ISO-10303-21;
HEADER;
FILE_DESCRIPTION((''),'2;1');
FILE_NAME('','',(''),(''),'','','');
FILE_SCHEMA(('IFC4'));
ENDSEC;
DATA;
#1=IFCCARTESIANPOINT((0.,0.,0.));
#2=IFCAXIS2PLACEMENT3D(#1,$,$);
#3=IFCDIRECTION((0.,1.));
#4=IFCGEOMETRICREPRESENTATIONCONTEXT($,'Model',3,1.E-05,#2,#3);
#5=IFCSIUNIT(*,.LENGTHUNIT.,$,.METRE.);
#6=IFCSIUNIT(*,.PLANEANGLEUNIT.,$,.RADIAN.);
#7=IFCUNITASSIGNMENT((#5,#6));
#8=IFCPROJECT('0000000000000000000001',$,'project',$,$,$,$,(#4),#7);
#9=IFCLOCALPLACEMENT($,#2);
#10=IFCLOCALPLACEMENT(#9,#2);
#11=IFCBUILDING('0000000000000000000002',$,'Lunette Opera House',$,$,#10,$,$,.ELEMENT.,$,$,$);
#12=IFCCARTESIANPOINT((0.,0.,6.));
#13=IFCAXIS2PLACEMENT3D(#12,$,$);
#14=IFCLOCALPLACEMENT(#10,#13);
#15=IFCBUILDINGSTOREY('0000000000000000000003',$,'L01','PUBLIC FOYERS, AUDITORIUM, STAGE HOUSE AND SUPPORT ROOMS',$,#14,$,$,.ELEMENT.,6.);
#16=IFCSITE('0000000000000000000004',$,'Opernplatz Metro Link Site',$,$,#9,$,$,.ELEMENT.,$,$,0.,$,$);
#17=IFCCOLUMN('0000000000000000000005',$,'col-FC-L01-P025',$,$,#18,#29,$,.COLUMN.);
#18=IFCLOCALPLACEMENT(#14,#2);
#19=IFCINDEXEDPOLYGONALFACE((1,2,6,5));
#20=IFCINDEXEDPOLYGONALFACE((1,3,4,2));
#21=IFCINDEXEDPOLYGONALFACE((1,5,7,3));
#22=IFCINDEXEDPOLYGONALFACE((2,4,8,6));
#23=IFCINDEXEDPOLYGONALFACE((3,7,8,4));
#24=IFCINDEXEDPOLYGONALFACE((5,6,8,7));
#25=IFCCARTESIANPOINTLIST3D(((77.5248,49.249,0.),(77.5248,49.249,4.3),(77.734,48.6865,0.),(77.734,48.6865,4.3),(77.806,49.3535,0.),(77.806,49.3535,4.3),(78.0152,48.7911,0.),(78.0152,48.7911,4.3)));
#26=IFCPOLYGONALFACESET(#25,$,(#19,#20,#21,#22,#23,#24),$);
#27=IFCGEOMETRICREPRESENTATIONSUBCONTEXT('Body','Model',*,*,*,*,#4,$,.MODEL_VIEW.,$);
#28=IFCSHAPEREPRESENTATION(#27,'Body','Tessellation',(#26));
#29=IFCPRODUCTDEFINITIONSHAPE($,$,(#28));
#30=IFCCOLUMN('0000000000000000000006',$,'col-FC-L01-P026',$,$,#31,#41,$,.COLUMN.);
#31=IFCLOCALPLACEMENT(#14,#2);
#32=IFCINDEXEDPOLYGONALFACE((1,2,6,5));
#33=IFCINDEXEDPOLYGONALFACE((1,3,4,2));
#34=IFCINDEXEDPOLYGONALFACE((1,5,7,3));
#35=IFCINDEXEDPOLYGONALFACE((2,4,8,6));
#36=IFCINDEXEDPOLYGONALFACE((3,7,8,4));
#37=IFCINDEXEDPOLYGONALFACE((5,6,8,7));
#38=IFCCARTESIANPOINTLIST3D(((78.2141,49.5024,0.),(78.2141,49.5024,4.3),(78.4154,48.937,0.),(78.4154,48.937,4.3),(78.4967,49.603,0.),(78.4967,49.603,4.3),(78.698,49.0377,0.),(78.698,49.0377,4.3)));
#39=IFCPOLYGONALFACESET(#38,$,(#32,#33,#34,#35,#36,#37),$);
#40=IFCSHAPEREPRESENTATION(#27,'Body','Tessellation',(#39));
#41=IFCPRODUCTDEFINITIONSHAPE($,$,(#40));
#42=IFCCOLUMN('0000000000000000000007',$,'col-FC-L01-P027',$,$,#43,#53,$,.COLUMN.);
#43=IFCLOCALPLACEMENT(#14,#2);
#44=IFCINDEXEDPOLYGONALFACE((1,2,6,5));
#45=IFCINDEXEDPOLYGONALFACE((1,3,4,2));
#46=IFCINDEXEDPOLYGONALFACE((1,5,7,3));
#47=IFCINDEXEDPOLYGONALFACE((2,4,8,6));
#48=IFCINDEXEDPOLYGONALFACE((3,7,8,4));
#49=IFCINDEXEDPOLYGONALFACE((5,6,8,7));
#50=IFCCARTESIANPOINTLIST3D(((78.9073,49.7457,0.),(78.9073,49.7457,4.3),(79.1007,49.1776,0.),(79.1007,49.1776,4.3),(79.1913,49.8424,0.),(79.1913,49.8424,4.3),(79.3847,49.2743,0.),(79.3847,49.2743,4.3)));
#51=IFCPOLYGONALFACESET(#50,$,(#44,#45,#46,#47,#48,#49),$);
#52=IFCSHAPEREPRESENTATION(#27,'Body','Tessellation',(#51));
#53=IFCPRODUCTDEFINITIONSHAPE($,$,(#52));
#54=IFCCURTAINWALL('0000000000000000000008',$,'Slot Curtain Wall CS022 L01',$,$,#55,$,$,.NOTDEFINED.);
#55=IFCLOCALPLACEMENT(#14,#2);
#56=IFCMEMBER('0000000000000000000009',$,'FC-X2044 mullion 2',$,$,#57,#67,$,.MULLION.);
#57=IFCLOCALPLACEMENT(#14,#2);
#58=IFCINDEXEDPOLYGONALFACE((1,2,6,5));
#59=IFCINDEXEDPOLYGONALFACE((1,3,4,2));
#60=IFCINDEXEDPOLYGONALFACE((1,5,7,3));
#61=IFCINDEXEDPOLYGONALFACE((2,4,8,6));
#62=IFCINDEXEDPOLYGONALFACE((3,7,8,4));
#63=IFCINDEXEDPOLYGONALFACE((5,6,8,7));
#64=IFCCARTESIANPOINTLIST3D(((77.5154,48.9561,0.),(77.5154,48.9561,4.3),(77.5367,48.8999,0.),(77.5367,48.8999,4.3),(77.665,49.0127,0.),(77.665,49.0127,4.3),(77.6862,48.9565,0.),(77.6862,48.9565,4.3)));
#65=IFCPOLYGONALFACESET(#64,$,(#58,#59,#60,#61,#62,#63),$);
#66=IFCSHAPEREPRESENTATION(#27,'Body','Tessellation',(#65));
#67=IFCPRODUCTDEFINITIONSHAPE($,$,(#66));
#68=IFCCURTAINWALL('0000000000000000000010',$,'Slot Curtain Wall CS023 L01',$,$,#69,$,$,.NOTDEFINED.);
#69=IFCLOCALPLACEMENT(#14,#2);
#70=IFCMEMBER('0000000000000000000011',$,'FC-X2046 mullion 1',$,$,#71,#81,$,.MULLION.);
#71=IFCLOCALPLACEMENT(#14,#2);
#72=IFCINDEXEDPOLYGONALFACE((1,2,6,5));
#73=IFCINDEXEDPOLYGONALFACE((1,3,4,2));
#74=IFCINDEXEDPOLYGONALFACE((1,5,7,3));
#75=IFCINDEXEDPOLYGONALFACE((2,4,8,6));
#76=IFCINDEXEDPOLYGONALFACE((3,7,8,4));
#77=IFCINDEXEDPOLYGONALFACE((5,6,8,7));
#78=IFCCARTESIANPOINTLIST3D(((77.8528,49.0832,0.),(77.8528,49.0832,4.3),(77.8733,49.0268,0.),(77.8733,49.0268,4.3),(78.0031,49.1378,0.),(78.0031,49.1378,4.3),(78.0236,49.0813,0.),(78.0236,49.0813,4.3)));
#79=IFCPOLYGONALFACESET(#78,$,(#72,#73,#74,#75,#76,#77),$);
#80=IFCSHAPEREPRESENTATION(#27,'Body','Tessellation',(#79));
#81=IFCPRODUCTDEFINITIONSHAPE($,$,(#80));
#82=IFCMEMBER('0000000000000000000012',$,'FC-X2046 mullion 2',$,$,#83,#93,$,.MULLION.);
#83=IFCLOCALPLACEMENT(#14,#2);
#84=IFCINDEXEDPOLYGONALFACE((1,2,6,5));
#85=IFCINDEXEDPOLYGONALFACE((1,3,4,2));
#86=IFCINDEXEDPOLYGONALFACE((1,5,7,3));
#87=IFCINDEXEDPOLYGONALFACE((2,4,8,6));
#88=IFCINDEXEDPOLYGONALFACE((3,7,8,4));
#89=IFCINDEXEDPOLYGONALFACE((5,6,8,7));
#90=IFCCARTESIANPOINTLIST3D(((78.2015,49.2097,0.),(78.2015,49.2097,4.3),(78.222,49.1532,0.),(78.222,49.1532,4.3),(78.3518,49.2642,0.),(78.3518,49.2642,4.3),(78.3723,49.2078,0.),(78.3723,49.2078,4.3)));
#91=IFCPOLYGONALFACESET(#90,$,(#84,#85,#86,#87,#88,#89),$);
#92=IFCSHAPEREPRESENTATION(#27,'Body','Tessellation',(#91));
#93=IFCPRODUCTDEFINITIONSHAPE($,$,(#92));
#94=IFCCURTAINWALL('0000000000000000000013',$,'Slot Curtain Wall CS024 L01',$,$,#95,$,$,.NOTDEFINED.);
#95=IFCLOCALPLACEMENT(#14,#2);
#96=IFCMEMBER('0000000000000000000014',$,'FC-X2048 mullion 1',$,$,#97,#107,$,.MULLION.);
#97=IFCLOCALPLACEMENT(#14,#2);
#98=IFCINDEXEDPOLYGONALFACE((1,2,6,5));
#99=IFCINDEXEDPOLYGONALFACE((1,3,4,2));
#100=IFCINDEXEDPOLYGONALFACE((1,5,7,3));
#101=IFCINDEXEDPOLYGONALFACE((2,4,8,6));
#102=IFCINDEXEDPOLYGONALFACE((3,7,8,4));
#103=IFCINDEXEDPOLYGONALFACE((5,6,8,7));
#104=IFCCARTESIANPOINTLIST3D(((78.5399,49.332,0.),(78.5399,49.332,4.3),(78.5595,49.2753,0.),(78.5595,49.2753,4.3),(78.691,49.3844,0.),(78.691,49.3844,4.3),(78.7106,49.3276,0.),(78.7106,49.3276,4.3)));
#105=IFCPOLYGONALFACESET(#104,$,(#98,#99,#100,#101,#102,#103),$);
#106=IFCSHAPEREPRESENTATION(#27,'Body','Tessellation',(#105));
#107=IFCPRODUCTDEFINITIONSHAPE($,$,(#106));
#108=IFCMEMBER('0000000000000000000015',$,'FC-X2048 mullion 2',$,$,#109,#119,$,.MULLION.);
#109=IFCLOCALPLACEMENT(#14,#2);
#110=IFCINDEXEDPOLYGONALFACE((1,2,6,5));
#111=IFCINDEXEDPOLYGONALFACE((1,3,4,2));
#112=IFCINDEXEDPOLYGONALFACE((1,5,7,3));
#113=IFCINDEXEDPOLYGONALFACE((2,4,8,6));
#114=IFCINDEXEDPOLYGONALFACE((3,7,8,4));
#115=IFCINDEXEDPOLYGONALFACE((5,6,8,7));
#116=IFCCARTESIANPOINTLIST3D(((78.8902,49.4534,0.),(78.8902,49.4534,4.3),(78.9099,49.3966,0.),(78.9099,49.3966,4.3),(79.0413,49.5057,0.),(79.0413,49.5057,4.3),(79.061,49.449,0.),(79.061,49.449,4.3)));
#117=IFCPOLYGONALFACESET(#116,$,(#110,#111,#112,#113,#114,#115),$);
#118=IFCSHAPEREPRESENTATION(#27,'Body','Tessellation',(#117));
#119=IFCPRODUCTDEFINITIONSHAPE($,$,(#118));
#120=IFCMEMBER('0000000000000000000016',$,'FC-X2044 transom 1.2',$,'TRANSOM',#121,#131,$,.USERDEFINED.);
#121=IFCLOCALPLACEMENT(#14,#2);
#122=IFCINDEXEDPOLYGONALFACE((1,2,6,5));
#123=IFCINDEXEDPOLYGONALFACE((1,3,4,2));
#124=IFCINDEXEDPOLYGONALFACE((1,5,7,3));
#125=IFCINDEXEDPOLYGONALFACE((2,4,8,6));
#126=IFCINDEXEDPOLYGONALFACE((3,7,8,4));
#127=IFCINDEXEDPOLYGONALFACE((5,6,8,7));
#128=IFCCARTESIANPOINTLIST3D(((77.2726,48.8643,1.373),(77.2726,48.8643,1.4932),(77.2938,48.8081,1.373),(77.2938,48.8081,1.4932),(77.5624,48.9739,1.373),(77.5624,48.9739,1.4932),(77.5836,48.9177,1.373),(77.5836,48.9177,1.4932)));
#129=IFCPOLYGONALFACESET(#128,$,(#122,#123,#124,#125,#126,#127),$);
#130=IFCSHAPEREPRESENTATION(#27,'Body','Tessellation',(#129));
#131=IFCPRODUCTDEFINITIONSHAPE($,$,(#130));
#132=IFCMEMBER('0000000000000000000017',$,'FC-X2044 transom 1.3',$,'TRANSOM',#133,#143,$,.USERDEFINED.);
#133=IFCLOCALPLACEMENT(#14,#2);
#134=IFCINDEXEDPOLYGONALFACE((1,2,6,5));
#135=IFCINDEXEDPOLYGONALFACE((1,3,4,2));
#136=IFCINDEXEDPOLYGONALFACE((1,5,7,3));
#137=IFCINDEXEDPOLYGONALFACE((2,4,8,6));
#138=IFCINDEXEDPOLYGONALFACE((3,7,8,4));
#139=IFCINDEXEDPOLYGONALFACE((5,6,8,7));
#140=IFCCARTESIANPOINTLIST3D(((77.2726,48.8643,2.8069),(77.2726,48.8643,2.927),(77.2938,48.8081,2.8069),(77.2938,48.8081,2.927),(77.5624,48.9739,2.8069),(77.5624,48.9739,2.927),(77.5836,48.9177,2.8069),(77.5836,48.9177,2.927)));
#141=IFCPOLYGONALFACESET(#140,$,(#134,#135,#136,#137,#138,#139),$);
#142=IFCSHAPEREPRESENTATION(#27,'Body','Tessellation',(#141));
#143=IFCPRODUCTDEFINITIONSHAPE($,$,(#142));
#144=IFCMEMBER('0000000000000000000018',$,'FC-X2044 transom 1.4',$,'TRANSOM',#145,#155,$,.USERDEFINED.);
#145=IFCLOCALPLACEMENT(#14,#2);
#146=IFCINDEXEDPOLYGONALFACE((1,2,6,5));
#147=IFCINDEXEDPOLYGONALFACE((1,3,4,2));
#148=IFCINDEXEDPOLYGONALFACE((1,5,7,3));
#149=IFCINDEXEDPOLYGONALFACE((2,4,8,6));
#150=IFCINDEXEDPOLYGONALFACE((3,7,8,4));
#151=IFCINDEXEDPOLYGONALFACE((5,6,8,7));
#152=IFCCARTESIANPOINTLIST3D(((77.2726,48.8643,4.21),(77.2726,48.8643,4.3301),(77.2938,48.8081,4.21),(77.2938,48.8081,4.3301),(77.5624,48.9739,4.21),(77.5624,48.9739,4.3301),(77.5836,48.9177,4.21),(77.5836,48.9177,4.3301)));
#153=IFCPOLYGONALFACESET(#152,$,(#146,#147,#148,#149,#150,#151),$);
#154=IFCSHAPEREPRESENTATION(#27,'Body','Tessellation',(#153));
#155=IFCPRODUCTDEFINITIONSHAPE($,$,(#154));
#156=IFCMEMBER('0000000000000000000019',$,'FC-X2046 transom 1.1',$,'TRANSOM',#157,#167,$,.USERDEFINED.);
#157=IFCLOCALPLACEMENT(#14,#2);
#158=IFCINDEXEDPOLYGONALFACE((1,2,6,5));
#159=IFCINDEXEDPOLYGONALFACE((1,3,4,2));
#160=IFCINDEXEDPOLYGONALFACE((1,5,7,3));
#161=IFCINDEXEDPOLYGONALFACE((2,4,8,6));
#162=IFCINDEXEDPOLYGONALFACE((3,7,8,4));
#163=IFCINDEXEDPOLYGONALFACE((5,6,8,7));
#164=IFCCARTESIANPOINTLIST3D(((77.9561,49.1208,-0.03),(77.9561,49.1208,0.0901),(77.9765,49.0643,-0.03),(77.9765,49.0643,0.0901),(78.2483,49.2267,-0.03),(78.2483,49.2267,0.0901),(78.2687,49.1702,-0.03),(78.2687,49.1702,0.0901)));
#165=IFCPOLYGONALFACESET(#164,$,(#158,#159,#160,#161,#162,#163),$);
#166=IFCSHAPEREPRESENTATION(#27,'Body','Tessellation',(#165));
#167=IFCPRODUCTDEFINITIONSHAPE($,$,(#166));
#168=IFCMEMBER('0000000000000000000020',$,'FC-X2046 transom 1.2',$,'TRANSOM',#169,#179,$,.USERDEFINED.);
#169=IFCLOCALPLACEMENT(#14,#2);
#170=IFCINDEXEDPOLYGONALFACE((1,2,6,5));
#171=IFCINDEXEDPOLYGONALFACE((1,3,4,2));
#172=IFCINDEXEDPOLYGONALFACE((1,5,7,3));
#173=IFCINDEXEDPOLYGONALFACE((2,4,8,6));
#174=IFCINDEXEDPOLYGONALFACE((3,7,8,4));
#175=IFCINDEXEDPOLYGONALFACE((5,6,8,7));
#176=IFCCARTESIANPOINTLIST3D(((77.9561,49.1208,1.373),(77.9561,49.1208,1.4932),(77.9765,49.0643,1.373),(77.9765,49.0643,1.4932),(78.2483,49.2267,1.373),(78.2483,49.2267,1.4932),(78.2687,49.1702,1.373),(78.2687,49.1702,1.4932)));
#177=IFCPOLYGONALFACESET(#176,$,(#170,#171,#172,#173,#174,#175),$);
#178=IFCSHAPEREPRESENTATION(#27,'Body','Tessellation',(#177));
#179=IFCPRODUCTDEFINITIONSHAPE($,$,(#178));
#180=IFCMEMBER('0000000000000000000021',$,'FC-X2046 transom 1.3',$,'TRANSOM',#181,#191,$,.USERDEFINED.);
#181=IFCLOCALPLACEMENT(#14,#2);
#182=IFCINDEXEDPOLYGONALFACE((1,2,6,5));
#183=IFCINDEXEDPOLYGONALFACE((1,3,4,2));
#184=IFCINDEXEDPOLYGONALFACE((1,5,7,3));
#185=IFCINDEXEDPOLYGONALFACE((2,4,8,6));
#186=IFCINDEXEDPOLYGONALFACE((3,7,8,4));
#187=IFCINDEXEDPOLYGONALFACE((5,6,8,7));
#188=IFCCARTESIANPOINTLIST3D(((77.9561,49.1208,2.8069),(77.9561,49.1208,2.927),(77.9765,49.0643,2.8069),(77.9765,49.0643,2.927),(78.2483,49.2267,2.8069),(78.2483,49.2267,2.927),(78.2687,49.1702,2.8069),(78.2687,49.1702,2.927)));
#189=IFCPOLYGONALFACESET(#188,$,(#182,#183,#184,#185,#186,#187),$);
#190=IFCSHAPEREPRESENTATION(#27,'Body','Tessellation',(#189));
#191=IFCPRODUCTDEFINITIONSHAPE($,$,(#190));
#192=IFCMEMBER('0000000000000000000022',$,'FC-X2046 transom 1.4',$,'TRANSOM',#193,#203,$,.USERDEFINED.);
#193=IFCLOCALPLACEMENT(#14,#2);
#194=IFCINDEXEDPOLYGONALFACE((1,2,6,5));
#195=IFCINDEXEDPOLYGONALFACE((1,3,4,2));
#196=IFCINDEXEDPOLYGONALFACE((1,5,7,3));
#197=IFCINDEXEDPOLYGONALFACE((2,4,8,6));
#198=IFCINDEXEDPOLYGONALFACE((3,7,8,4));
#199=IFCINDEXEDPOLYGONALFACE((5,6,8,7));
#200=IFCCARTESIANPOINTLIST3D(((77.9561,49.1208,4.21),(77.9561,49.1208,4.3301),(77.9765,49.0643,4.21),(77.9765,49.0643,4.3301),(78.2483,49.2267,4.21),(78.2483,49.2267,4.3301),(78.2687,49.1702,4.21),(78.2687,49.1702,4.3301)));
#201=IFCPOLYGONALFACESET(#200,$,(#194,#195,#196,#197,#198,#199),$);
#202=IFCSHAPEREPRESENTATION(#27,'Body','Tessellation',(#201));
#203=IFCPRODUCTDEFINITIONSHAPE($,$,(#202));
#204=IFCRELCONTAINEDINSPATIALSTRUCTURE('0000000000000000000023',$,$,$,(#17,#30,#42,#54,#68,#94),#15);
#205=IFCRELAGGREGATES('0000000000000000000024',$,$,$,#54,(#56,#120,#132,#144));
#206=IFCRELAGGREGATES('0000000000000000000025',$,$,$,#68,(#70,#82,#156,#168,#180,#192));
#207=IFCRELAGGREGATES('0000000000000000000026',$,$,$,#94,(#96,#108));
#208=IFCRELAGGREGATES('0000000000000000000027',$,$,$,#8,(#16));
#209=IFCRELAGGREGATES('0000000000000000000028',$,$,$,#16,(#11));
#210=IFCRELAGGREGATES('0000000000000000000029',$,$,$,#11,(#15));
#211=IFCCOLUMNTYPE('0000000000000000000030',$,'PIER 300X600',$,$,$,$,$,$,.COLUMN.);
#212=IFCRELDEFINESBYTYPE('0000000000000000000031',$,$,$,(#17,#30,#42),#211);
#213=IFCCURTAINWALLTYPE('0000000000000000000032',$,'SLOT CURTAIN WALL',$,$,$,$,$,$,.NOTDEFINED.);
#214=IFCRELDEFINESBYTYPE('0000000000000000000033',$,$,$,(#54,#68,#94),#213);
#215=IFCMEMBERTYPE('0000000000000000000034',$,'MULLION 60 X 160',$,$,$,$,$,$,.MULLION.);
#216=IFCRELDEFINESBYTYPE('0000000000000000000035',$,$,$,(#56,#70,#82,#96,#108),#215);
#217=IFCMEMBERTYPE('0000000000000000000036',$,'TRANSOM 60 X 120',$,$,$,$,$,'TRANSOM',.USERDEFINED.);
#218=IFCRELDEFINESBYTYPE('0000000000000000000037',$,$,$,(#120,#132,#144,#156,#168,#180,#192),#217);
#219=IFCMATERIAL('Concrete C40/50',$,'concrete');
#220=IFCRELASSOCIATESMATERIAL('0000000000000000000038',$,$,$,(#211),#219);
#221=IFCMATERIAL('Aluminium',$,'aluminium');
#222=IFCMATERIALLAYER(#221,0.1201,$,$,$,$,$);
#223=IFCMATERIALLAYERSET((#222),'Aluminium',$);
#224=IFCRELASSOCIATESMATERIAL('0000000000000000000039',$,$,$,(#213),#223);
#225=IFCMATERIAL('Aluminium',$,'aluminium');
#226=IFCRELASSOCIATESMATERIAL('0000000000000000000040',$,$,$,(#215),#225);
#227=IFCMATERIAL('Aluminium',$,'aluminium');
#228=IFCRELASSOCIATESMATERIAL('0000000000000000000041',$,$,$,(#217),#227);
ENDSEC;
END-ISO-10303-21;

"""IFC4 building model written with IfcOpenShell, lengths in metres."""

from ifc_helpers import new_model, si_unit, direction, frame, origin, origin_2d, place, context, subcontext, project, spatial, rectangle, extrude, material, layer, layer_set, material_profile, profile_set, type_object, element, aggregate, save


model = new_model("IFC4")

# Units and contexts
model_context = context("Model", 3, precision=1e-05, world=origin(), true_north=direction((0.0, 1.0)))
body_context = subcontext(model_context, "Body", "Model", "MODEL_VIEW")
ifc_project = project(units=[si_unit("LENGTHUNIT", "METRE"), si_unit("PLANEANGLEUNIT", "RADIAN")], contexts=[model_context])

# Site, building, storey
site_placement = place(None, origin())
site = spatial("IfcSite", under=ifc_project, at=site_placement, Name="Opernplatz Metro Link Site", CompositionType="ELEMENT", RefElevation=0.0)
building_placement = place(site_placement, origin())
building = spatial("IfcBuilding", under=site, at=building_placement, Name="Lunette Opera House", CompositionType="ELEMENT")
storey_placement = place(building_placement, frame((0.0, 0.0, 6.0)))
storey = spatial("IfcBuildingStorey", under=building, at=storey_placement, Name="L01", Description="PUBLIC FOYERS, AUDITORIUM, STAGE HOUSE AND SUPPORT ROOMS", CompositionType="ELEMENT", Elevation=6.0)

# Columns
ifc_material_1 = material(Name="Concrete C40/50", Category="concrete")
ifc_material_profile_1 = material_profile(ifc_material_1, rectangle(XDim=0.3, YDim=0.6001, at=origin_2d()), Name="PIER 300X600")
ifc_profile_set_1 = profile_set([ifc_material_profile_1], Name="Concrete C40/50")
column_type = type_object("IfcColumnType", Name="PIER 300X600", PredefinedType="COLUMN", material=ifc_profile_set_1)
for number, where, z_axis, x_axis, name in (
    (1, (77.77, 49.02, 0.0), (0.0, 0.0, 1.0), (0.937282, 0.348572, 0.0), "col-FC-L01-P025"),
    (2, (78.4561, 49.27, 0.0), (0.0, 0.0, 1.0), (0.942057, 0.335452, 0.0), "col-FC-L01-P026"),
    (3, (79.146, 49.51, 0.0), (0.0, 0.0, 1.0), (0.946649, 0.322266, 0.0), "col-FC-L01-P027"),
):
    element("IfcColumn", number, at=place(storey_placement, frame(where, z_axis=z_axis, x_axis=x_axis)), inside=storey, type_object=column_type, Name=name, PredefinedType="COLUMN", context=body_context, shape_type="SweptSolid", body=[
        extrude(rectangle(XDim=0.3, YDim=0.6001, at=origin_2d()), origin(), (0.0, 0.0, 1.0), 4.3),
    ])

# Curtain wall, member
ifc_material_2 = material(Name="Aluminium", Category="aluminium")
ifc_layer_1 = layer(ifc_material_2, 0.1201)
ifc_layer_set_1 = layer_set([ifc_layer_1], Name="Aluminium")
curtain_wall_type = type_object("IfcCurtainWallType", Name="SLOT CURTAIN WALL", PredefinedType="NOTDEFINED", material=ifc_layer_set_1)
curtain_wall_1_placement = place(storey_placement, origin())
curtain_wall_1 = element("IfcCurtainWall", 4, at=curtain_wall_1_placement, inside=storey, type_object=curtain_wall_type, Name="Slot Curtain Wall CS022 L01", PredefinedType="NOTDEFINED")
ifc_material_3 = material(Name="Aluminium", Category="aluminium")
ifc_material_profile_2 = material_profile(ifc_material_3, rectangle(XDim=0.0601, YDim=0.1599, at=origin_2d()), Name="MULLION 60 X 160")
ifc_profile_set_2 = profile_set([ifc_material_profile_2], Name="Aluminium")
member_type_1 = type_object("IfcMemberType", Name="MULLION 60 X 160", PredefinedType="MULLION", material=ifc_profile_set_2)
member_1_placement = place(storey_placement, frame((77.6008, 48.9563, 0.0), z_axis=(0.0, 0.0, 1.0), x_axis=(-0.353672, 0.935369, 0.0)))
member_1 = element("IfcMember", 5, at=member_1_placement, type_object=member_type_1, Name="FC-X2044 mullion 2", PredefinedType="MULLION", context=body_context, shape_type="SweptSolid", body=[
    extrude(rectangle(XDim=0.0601, YDim=0.1599, at=origin_2d()), origin(), (0.0, 0.0, 1.0), 4.3),
])

# Curtain walls, members
curtain_wall_2_placement = place(storey_placement, origin())
curtain_wall_2 = element("IfcCurtainWall", 6, at=curtain_wall_2_placement, inside=storey, type_object=curtain_wall_type, Name="Slot Curtain Wall CS023 L01", PredefinedType="NOTDEFINED")
member_2_placement = place(storey_placement, frame((77.9382, 49.0823, 0.0), z_axis=(0.0, 0.0, 1.0), x_axis=(-0.341184, 0.939997, 0.0)))
member_2 = element("IfcMember", 7, at=member_2_placement, type_object=member_type_1, Name="FC-X2046 mullion 1", PredefinedType="MULLION", context=body_context, shape_type="SweptSolid", body=[
    extrude(rectangle(XDim=0.0601, YDim=0.1599, at=origin_2d()), origin(), (0.0, 0.0, 1.0), 4.3),
])
member_3_placement = place(storey_placement, frame((78.2869, 49.2087, 0.0), z_axis=(0.0, 0.0, 1.0), x_axis=(-0.341184, 0.939997, 0.0)))
member_3 = element("IfcMember", 8, at=member_3_placement, type_object=member_type_1, Name="FC-X2046 mullion 2", PredefinedType="MULLION", context=body_context, shape_type="SweptSolid", body=[
    extrude(rectangle(XDim=0.0601, YDim=0.1599, at=origin_2d()), origin(), (0.0, 0.0, 1.0), 4.3),
])
curtain_wall_3_placement = place(storey_placement, origin())
curtain_wall_3 = element("IfcCurtainWall", 9, at=curtain_wall_3_placement, inside=storey, type_object=curtain_wall_type, Name="Slot Curtain Wall CS024 L01", PredefinedType="NOTDEFINED")
member_4_placement = place(storey_placement, frame((78.6252, 49.3298, 0.0), z_axis=(0.0, 0.0, 1.0), x_axis=(-0.32735, 0.944903, 0.0)))
member_4 = element("IfcMember", 10, at=member_4_placement, type_object=member_type_1, Name="FC-X2048 mullion 1", PredefinedType="MULLION", context=body_context, shape_type="SweptSolid", body=[
    extrude(rectangle(XDim=0.0601, YDim=0.1599, at=origin_2d()), origin(), (0.0, 0.0, 1.0), 4.3),
])
member_5_placement = place(storey_placement, frame((78.9756, 49.4512, 0.0), z_axis=(0.0, 0.0, 1.0), x_axis=(-0.32735, 0.944903, 0.0)))
member_5 = element("IfcMember", 11, at=member_5_placement, type_object=member_type_1, Name="FC-X2048 mullion 2", PredefinedType="MULLION", context=body_context, shape_type="SweptSolid", body=[
    extrude(rectangle(XDim=0.0601, YDim=0.1599, at=origin_2d()), origin(), (0.0, 0.0, 1.0), 4.3),
])

# Members
ifc_material_4 = material(Name="Aluminium", Category="aluminium")
ifc_material_profile_3 = material_profile(ifc_material_4, rectangle(XDim=0.0601, YDim=0.1201, at=origin_2d()), Name="TRANSOM 60 X 120")
ifc_profile_set_3 = profile_set([ifc_material_profile_3], Name="Aluminium")
member_type_2 = type_object("IfcMemberType", Name="TRANSOM 60 X 120", ElementType="TRANSOM", PredefinedType="USERDEFINED", material=ifc_profile_set_3)
member_6_placement = place(storey_placement, frame((77.2832, 48.8362, 1.4331), z_axis=(0.935321, 0.353799, 0.0), x_axis=(-0.353799, 0.935321, 0.0)))
member_6 = element("IfcMember", 12, at=member_6_placement, type_object=member_type_2, Name="FC-X2044 transom 1.2", ObjectType="TRANSOM", PredefinedType="USERDEFINED", context=body_context, shape_type="SweptSolid", body=[
    extrude(rectangle(XDim=0.0601, YDim=0.1201, at=origin_2d()), origin(), (0.0, 0.0, 1.0), 0.3098),
])
member_7_placement = place(storey_placement, frame((77.2832, 48.8362, 2.8669), z_axis=(0.935321, 0.353799, 0.0), x_axis=(-0.353799, 0.935321, 0.0)))
member_7 = element("IfcMember", 13, at=member_7_placement, type_object=member_type_2, Name="FC-X2044 transom 1.3", ObjectType="TRANSOM", PredefinedType="USERDEFINED", context=body_context, shape_type="SweptSolid", body=[
    extrude(rectangle(XDim=0.0601, YDim=0.1201, at=origin_2d()), origin(), (0.0, 0.0, 1.0), 0.3098),
])
member_8_placement = place(storey_placement, frame((77.2832, 48.8362, 4.27), z_axis=(0.935321, 0.353799, 0.0), x_axis=(-0.353799, 0.935321, 0.0)))
member_8 = element("IfcMember", 14, at=member_8_placement, type_object=member_type_2, Name="FC-X2044 transom 1.4", ObjectType="TRANSOM", PredefinedType="USERDEFINED", context=body_context, shape_type="SweptSolid", body=[
    extrude(rectangle(XDim=0.0601, YDim=0.1201, at=origin_2d()), origin(), (0.0, 0.0, 1.0), 0.3098),
])
member_9_placement = place(storey_placement, frame((77.9663, 49.0925, 0.03), z_axis=(0.940114, 0.34086, 0.0), x_axis=(-0.34086, 0.940114, 0.0)))
member_9 = element("IfcMember", 15, at=member_9_placement, type_object=member_type_2, Name="FC-X2046 transom 1.1", ObjectType="TRANSOM", PredefinedType="USERDEFINED", context=body_context, shape_type="SweptSolid", body=[
    extrude(rectangle(XDim=0.0601, YDim=0.1201, at=origin_2d()), origin(), (0.0, 0.0, 1.0), 0.3108),
])
member_10_placement = place(storey_placement, frame((77.9663, 49.0925, 1.4331), z_axis=(0.940114, 0.34086, 0.0), x_axis=(-0.34086, 0.940114, 0.0)))
member_10 = element("IfcMember", 16, at=member_10_placement, type_object=member_type_2, Name="FC-X2046 transom 1.2", ObjectType="TRANSOM", PredefinedType="USERDEFINED", context=body_context, shape_type="SweptSolid", body=[
    extrude(rectangle(XDim=0.0601, YDim=0.1201, at=origin_2d()), origin(), (0.0, 0.0, 1.0), 0.3108),
])
member_11_placement = place(storey_placement, frame((77.9663, 49.0925, 2.8669), z_axis=(0.940114, 0.34086, 0.0), x_axis=(-0.34086, 0.940114, 0.0)))
member_11 = element("IfcMember", 17, at=member_11_placement, type_object=member_type_2, Name="FC-X2046 transom 1.3", ObjectType="TRANSOM", PredefinedType="USERDEFINED", context=body_context, shape_type="SweptSolid", body=[
    extrude(rectangle(XDim=0.0601, YDim=0.1201, at=origin_2d()), origin(), (0.0, 0.0, 1.0), 0.3108),
])
member_12_placement = place(storey_placement, frame((77.9663, 49.0925, 4.27), z_axis=(0.940114, 0.34086, 0.0), x_axis=(-0.34086, 0.940114, 0.0)))
member_12 = element("IfcMember", 18, at=member_12_placement, type_object=member_type_2, Name="FC-X2046 transom 1.4", ObjectType="TRANSOM", PredefinedType="USERDEFINED", context=body_context, shape_type="SweptSolid", body=[
    extrude(rectangle(XDim=0.0601, YDim=0.1201, at=origin_2d()), origin(), (0.0, 0.0, 1.0), 0.3108),
])

aggregate(curtain_wall_1, [member_1, member_6, member_7, member_8])
aggregate(curtain_wall_2, [member_2, member_3, member_9, member_10, member_11, member_12])
aggregate(curtain_wall_3, [member_4, member_5])

save(model, "model.ifc")
